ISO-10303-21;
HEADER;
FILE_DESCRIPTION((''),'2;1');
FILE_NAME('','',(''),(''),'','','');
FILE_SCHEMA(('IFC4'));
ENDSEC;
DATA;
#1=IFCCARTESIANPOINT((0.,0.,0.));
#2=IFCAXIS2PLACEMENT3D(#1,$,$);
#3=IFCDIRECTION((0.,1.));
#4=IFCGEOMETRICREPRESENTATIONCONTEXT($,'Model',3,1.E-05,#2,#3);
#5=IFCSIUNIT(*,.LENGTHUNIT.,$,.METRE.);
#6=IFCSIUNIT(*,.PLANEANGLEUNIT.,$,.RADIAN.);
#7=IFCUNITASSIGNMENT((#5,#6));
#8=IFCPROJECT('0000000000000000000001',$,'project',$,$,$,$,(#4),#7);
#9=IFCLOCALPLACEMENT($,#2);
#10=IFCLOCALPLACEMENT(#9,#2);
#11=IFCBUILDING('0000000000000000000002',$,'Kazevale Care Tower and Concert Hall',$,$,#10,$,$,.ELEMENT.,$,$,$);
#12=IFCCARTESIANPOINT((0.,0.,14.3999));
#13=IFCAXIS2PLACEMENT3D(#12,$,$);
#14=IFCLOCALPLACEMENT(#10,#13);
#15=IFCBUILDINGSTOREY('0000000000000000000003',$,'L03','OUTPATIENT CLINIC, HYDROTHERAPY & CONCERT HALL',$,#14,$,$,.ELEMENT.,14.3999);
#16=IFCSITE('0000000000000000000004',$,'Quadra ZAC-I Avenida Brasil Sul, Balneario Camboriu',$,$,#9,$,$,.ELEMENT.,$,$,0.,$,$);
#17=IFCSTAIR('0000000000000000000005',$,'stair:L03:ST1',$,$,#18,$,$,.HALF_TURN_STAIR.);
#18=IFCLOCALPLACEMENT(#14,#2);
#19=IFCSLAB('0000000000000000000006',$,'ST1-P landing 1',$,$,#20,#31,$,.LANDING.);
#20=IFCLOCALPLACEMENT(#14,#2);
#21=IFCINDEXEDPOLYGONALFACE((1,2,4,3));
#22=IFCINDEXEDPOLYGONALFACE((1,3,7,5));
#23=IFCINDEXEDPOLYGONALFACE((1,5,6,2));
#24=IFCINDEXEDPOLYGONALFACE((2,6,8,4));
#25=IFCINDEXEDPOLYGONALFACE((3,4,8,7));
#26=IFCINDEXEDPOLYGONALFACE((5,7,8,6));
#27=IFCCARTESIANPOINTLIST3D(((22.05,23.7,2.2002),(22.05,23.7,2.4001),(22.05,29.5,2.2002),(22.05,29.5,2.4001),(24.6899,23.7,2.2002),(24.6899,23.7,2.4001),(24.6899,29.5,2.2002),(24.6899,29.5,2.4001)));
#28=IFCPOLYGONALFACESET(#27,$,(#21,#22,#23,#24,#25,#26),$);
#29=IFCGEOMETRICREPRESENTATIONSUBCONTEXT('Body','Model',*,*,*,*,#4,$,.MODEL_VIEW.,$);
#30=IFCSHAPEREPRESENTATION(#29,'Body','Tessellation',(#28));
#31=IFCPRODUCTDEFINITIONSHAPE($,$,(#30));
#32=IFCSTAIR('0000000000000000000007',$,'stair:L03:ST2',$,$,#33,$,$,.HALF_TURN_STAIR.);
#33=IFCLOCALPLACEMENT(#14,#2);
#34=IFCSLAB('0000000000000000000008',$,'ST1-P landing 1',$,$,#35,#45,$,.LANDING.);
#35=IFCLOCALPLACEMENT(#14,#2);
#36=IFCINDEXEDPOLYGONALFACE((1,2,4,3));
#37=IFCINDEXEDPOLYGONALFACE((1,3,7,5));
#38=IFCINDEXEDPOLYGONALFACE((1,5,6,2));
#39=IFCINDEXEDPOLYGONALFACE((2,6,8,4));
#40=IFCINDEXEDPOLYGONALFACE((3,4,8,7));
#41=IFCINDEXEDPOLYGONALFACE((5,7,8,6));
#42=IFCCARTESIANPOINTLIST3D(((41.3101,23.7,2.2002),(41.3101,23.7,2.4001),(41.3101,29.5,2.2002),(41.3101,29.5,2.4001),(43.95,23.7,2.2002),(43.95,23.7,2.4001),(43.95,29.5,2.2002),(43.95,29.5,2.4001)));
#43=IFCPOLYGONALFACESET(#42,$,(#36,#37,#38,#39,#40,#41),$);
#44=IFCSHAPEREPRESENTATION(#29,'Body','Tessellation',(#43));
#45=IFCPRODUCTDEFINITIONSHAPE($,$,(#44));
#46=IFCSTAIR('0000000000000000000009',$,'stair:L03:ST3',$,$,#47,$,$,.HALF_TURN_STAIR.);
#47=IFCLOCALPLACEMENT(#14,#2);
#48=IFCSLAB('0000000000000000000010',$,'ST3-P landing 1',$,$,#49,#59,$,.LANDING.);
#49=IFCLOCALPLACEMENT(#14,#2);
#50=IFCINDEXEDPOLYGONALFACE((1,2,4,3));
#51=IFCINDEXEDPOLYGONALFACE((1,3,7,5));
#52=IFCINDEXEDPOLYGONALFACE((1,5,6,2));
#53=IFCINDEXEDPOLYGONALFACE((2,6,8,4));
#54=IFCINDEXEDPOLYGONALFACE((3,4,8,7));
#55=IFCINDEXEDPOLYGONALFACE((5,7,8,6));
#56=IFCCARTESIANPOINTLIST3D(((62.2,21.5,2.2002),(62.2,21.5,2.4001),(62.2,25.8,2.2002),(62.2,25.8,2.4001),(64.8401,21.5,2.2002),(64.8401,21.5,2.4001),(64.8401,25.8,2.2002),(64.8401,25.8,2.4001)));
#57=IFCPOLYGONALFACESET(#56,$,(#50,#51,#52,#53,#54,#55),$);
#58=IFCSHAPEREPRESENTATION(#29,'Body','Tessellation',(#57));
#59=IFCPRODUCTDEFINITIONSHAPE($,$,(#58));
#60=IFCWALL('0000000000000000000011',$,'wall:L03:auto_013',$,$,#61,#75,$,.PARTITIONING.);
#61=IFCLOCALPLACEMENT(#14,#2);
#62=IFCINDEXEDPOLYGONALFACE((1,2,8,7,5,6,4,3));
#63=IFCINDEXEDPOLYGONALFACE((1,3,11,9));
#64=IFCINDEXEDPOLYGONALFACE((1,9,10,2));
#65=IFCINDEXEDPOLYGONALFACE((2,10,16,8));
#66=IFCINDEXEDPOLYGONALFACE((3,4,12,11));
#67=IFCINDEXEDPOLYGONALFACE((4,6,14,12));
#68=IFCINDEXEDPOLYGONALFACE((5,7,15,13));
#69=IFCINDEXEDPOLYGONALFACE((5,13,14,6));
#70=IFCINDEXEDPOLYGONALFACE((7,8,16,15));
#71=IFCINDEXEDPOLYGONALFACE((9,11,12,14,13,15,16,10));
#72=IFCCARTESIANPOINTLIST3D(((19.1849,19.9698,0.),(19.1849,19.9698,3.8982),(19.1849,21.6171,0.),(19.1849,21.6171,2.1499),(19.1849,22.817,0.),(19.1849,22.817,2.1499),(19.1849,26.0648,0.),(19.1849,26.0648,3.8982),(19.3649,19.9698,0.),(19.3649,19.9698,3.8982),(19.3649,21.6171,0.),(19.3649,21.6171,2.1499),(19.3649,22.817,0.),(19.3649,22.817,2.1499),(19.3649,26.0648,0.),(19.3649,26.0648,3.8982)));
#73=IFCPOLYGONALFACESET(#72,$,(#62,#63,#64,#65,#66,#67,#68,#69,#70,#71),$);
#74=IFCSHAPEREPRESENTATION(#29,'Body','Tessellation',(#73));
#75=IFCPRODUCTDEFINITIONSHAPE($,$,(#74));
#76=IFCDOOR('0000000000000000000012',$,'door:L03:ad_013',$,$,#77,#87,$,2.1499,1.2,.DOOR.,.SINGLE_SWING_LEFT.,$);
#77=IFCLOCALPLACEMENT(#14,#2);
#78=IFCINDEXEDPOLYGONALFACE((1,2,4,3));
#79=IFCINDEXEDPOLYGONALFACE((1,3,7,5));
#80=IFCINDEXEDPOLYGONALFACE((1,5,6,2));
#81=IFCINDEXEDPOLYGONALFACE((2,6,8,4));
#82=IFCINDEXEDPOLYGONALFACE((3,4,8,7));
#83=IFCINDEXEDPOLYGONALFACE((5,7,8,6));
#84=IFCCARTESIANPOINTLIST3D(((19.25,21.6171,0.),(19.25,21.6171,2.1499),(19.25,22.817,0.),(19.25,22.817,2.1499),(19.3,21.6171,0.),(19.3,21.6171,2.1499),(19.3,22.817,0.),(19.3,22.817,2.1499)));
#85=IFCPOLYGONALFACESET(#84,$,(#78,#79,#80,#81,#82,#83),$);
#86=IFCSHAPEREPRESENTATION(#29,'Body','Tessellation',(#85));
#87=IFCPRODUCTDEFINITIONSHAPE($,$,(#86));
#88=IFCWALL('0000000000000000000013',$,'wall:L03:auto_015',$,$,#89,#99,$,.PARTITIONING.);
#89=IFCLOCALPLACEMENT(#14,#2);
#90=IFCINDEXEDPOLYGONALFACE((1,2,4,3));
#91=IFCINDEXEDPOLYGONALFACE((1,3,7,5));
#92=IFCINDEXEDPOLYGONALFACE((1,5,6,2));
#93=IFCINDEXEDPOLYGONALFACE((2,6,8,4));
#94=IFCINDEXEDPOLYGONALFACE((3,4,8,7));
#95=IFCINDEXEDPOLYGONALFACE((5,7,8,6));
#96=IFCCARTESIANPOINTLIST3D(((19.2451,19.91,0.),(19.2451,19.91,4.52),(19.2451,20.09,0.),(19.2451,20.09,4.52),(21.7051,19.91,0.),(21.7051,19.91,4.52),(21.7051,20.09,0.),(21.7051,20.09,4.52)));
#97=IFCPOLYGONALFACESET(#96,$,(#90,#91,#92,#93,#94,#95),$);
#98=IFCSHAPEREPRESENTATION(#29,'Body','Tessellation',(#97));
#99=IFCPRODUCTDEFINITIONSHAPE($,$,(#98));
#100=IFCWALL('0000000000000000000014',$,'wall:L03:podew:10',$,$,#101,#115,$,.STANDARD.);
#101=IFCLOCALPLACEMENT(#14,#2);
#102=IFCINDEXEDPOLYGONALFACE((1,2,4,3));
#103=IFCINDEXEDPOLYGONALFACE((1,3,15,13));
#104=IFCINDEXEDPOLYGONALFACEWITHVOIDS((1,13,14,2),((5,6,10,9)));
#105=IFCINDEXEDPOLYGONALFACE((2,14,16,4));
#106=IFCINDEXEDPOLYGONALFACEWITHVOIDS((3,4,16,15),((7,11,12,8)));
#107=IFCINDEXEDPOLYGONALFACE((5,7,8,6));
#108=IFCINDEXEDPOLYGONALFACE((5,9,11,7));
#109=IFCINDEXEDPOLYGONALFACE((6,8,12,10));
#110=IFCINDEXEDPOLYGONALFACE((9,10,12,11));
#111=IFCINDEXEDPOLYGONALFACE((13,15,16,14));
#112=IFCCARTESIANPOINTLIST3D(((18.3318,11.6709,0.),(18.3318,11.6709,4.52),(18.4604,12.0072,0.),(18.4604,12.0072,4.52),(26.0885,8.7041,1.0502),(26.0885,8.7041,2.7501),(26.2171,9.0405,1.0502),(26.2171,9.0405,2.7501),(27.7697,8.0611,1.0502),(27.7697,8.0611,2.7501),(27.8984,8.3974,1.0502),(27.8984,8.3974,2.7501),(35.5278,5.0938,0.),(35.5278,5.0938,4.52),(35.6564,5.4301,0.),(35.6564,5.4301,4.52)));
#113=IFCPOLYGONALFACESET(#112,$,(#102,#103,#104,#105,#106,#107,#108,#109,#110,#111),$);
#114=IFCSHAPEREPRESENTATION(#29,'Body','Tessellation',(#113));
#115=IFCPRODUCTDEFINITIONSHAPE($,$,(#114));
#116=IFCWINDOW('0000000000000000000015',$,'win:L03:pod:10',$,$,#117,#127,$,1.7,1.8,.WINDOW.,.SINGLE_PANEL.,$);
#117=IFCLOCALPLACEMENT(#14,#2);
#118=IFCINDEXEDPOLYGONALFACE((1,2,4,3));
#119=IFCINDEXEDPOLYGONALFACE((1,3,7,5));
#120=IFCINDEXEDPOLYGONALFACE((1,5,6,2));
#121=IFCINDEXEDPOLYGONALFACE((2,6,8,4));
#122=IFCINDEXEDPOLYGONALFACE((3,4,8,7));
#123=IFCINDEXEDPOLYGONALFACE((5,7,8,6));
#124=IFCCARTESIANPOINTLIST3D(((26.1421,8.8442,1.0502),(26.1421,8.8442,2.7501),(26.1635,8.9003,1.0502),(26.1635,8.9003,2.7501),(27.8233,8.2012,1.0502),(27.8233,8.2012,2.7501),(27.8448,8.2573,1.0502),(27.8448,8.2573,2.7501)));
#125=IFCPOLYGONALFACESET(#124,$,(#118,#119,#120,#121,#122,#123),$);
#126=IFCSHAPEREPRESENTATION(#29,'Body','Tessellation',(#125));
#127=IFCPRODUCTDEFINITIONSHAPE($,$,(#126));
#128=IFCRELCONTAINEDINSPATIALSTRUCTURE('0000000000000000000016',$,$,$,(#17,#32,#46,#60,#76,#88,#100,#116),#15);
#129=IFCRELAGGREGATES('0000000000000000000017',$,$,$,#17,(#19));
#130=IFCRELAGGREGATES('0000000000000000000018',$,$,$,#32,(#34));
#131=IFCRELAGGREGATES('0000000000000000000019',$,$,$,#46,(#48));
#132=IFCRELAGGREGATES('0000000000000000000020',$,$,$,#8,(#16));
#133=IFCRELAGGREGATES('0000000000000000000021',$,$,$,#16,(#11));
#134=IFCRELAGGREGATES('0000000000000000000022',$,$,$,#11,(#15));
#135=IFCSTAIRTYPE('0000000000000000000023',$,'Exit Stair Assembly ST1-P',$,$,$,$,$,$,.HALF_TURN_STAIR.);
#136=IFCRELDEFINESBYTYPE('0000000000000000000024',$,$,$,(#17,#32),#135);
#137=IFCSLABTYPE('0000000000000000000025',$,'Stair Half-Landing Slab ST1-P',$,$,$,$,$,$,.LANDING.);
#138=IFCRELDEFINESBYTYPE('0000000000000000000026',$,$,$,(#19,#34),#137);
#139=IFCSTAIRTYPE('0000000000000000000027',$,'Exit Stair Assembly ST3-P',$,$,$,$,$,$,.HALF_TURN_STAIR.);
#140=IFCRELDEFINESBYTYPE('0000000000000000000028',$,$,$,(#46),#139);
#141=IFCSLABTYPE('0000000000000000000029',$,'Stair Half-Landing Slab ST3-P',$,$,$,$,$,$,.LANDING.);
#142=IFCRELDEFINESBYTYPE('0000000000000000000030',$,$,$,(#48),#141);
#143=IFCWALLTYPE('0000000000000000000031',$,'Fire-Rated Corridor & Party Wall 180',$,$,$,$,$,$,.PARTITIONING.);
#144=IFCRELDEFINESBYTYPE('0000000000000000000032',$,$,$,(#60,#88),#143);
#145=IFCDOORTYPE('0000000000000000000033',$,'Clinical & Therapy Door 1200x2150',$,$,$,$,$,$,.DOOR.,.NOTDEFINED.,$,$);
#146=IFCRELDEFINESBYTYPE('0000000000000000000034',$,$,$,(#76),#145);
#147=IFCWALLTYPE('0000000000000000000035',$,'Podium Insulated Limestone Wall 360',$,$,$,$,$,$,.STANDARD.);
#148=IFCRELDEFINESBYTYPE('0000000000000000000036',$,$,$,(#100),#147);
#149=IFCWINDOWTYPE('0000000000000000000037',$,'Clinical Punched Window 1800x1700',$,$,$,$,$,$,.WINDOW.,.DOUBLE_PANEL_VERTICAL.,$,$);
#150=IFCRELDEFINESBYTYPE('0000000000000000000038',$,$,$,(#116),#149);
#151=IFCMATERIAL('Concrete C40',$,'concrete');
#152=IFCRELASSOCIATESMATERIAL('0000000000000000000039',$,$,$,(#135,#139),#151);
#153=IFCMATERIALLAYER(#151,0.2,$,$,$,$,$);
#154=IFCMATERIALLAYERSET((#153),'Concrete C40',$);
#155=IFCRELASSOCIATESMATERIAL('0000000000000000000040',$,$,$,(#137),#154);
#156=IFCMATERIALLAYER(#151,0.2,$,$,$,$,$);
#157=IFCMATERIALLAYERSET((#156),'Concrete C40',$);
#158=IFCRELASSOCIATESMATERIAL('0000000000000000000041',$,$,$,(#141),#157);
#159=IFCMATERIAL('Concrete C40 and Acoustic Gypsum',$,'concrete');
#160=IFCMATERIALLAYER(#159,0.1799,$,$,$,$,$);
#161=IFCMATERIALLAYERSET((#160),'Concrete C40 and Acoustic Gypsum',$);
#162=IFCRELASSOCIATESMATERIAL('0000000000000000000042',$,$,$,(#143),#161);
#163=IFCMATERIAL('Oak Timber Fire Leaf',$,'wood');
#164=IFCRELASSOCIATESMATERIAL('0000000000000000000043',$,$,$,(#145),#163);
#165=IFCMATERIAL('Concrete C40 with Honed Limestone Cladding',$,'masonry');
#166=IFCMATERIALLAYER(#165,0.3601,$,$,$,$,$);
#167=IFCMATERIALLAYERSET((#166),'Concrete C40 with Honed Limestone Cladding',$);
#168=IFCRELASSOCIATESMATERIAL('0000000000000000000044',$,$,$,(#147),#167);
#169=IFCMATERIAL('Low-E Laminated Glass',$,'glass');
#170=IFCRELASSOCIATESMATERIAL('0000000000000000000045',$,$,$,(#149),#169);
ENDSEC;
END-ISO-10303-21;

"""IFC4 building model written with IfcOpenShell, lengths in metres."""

from ifc_helpers import new_model, si_unit, direction, frame, frame_2d, origin, place, context, subcontext, project, spatial, polyline, rectangle, outline, extrude, material, layer, layer_set, type_object, element, fill, aggregate, save


model = new_model("IFC4")

# Units and contexts
model_context = context("Model", 3, precision=1e-05, world=origin(), true_north=direction((0.0, 1.0)))
body_context = subcontext(model_context, "Body", "Model", "MODEL_VIEW")
ifc_project = project(units=[si_unit("LENGTHUNIT", "METRE"), si_unit("PLANEANGLEUNIT", "RADIAN")], contexts=[model_context])

# Site, building, storey
site_placement = place(None, origin())
site = spatial("IfcSite", under=ifc_project, at=site_placement, Name="Quadra ZAC-I Avenida Brasil Sul, Balneario Camboriu", CompositionType="ELEMENT", RefElevation=0.0)
building_placement = place(site_placement, origin())
building = spatial("IfcBuilding", under=site, at=building_placement, Name="Kazevale Care Tower and Concert Hall", CompositionType="ELEMENT")
storey_placement = place(building_placement, frame((0.0, 0.0, 14.3999)))
storey = spatial("IfcBuildingStorey", under=building, at=storey_placement, Name="L03", Description="OUTPATIENT CLINIC, HYDROTHERAPY & CONCERT HALL", CompositionType="ELEMENT", Elevation=14.3999)

# Shared definitions
ifc_material_1 = material(Name="Low-E Laminated Glass", Category="glass")

# Shared definitions
ifc_material_2 = material(Name="Concrete C40", Category="concrete")

# Stairs, slabs
stair_type_1 = type_object("IfcStairType", Name="Exit Stair Assembly ST1-P", PredefinedType="HALF_TURN_STAIR", material=ifc_material_2)
stair_1_placement = place(storey_placement, origin())
stair_1 = element("IfcStair", 1, at=stair_1_placement, inside=storey, type_object=stair_type_1, Name="stair:L03:ST1", PredefinedType="HALF_TURN_STAIR")
ifc_layer_1 = layer(ifc_material_2, 0.2)
ifc_layer_set_1 = layer_set([ifc_layer_1], Name="Concrete C40")
slab_type_1 = type_object("IfcSlabType", Name="Stair Half-Landing Slab ST1-P", PredefinedType="LANDING", material=ifc_layer_set_1)
slab_1_placement = place(storey_placement, frame((0.0, 0.0, 2.2002)))
slab_1 = element("IfcSlab", 2, at=slab_1_placement, type_object=slab_type_1, Name="ST1-P landing 1", PredefinedType="LANDING", context=body_context, shape_type="SweptSolid", body=[
    extrude(outline(polyline([(22.05, 23.7), (24.6899, 23.7), (24.6899, 29.5), (22.05, 29.5), (22.05, 23.7)])), origin(), (0.0, 0.0, 1.0), 0.2),
])
aggregate(stair_1, [slab_1])
stair_2_placement = place(storey_placement, origin())
stair_2 = element("IfcStair", 3, at=stair_2_placement, inside=storey, type_object=stair_type_1, Name="stair:L03:ST2", PredefinedType="HALF_TURN_STAIR")
slab_2_placement = place(storey_placement, frame((0.0, 0.0, 2.2002)))
slab_2 = element("IfcSlab", 4, at=slab_2_placement, type_object=slab_type_1, Name="ST1-P landing 1", PredefinedType="LANDING", context=body_context, shape_type="SweptSolid", body=[
    extrude(outline(polyline([(41.3101, 23.7), (43.95, 23.7), (43.95, 29.5), (41.3101, 29.5), (41.3101, 23.7)])), origin(), (0.0, 0.0, 1.0), 0.2),
])
aggregate(stair_2, [slab_2])
stair_type_2 = type_object("IfcStairType", Name="Exit Stair Assembly ST3-P", PredefinedType="HALF_TURN_STAIR", material=ifc_material_2)
stair_3_placement = place(storey_placement, origin())
stair_3 = element("IfcStair", 5, at=stair_3_placement, inside=storey, type_object=stair_type_2, Name="stair:L03:ST3", PredefinedType="HALF_TURN_STAIR")
ifc_layer_2 = layer(ifc_material_2, 0.2)
ifc_layer_set_2 = layer_set([ifc_layer_2], Name="Concrete C40")
slab_type_2 = type_object("IfcSlabType", Name="Stair Half-Landing Slab ST3-P", PredefinedType="LANDING", material=ifc_layer_set_2)
slab_3_placement = place(storey_placement, frame((0.0, 0.0, 2.2002)))
slab_3 = element("IfcSlab", 6, at=slab_3_placement, type_object=slab_type_2, Name="ST3-P landing 1", PredefinedType="LANDING", context=body_context, shape_type="SweptSolid", body=[
    extrude(outline(polyline([(62.2, 21.5), (64.8401, 21.5), (64.8401, 25.8), (62.2, 25.8), (62.2, 21.5)])), origin(), (0.0, 0.0, 1.0), 0.2),
])
aggregate(stair_3, [slab_3])

# Wall, opening, door
ifc_material_3 = material(Name="Concrete C40 and Acoustic Gypsum", Category="concrete")
ifc_layer_3 = layer(ifc_material_3, 0.1799)
ifc_layer_set_3 = layer_set([ifc_layer_3], Name="Concrete C40 and Acoustic Gypsum")
wall_type_1 = type_object("IfcWallType", Name="Fire-Rated Corridor & Party Wall 180", PredefinedType="PARTITIONING", material=ifc_layer_set_3)
wall_1_placement = place(storey_placement, frame((19.2749, 19.97, 0.0), z_axis=(0.0, 0.0, 1.0), x_axis=(0.0, 1.0, 0.0)))
wall_1 = element("IfcWall", 7, at=wall_1_placement, inside=storey, type_object=wall_type_1, Name="wall:L03:auto_013", PredefinedType="PARTITIONING", context=body_context, shape_type="SweptSolid", body=[
    extrude(rectangle(XDim=6.095, YDim=0.1799, at=frame_2d((3.0474, 0.0))), origin(), (0.0, 0.0, 1.0), 3.8982),
])
opening_1_placement = place(wall_1_placement, frame((1.647, 0.0, 0.0)))
opening_1 = element("IfcOpeningElement", 8, at=opening_1_placement, cuts=wall_1, PredefinedType="OPENING", context=body_context, shape_type="SweptSolid", body=[
    extrude(rectangle(XDim=1.2, YDim=2.1499, at=frame_2d((0.6001, 1.075))), frame((0.0, 0.0999, 0.0), z_axis=(0.0, -1.0, 0.0), x_axis=(1.0, 0.0, 0.0)), (0.0, 0.0, 1.0), 0.2),
])
ifc_material_4 = material(Name="Oak Timber Fire Leaf", Category="wood")
door_type = type_object("IfcDoorType", Name="Clinical & Therapy Door 1200x2150", OperationType="NOTDEFINED", PredefinedType="DOOR", material=ifc_material_4)
door_placement = place(opening_1_placement, origin())
door = element("IfcDoor", 9, at=door_placement, inside=storey, type_object=door_type, Name="door:L03:ad_013", OperationType="SINGLE_SWING_LEFT", OverallHeight=2.1499, OverallWidth=1.2, PredefinedType="DOOR", context=body_context, shape_type="SweptSolid", body=[
    extrude(rectangle(XDim=1.2, YDim=2.1499, at=frame_2d((0.6001, 1.075))), frame((0.0, 0.0249, 0.0), z_axis=(0.0, -1.0, 0.0), x_axis=(1.0, 0.0, 0.0)), (0.0, 0.0, 1.0), 0.05),
])
fill(opening_1, door)

# Wall
wall_2_placement = place(storey_placement, frame((21.7051, 20.0, 0.0), z_axis=(0.0, 0.0, 1.0), x_axis=(-1.0, 0.0, 0.0)))
element("IfcWall", 10, at=wall_2_placement, inside=storey, type_object=wall_type_1, Name="wall:L03:auto_015", PredefinedType="PARTITIONING", context=body_context, shape_type="SweptSolid", body=[
    extrude(rectangle(XDim=2.46, YDim=0.1799, at=frame_2d((1.23, 0.0))), origin(), (0.0, 0.0, 1.0), 4.52),
])

# Wall, opening, window
ifc_material_5 = material(Name="Concrete C40 with Honed Limestone Cladding", Category="masonry")
ifc_layer_4 = layer(ifc_material_5, 0.3601)
ifc_layer_set_4 = layer_set([ifc_layer_4], Name="Concrete C40 with Honed Limestone Cladding")
wall_type_2 = type_object("IfcWallType", Name="Podium Insulated Limestone Wall 360", PredefinedType="STANDARD", material=ifc_layer_set_4)
wall_3_placement = place(storey_placement, frame((18.396, 11.8391, 0.0), z_axis=(0.0, 0.0, 1.0), x_axis=(0.934012, -0.357241, 0.0)))
wall_3 = element("IfcWall", 11, at=wall_3_placement, inside=storey, type_object=wall_type_2, Name="wall:L03:podew:10", PredefinedType="STANDARD", context=body_context, shape_type="SweptSolid", body=[
    extrude(rectangle(XDim=18.4109, YDim=0.3601, at=frame_2d((9.2056, 0.0))), origin(), (0.0, 0.0, 1.0), 4.52),
])
opening_2_placement = place(wall_3_placement, frame((8.3049, 0.0, 1.05)))
opening_2 = element("IfcOpeningElement", 12, at=opening_2_placement, cuts=wall_3, PredefinedType="OPENING", context=body_context, shape_type="SweptSolid", body=[
    extrude(rectangle(XDim=1.8, YDim=1.7, at=frame_2d((0.8999, 0.8501))), frame((0.0, 0.1899, 0.0), z_axis=(0.0, -1.0, 0.0), x_axis=(1.0, 0.0, 0.0)), (0.0, 0.0, 1.0), 0.3801),
])
window_type = type_object("IfcWindowType", Name="Clinical Punched Window 1800x1700", PartitioningType="DOUBLE_PANEL_VERTICAL", PredefinedType="WINDOW", material=ifc_material_1)
window_placement = place(opening_2_placement, origin())
window = element("IfcWindow", 13, at=window_placement, inside=storey, type_object=window_type, Name="win:L03:pod:10", OverallHeight=1.7, OverallWidth=1.8, PartitioningType="SINGLE_PANEL", PredefinedType="WINDOW", context=body_context, shape_type="SweptSolid", body=[
    extrude(rectangle(XDim=1.8, YDim=1.7, at=frame_2d((0.8999, 0.8501))), frame((0.0, 0.03, 0.0), z_axis=(0.0, -1.0, 0.0), x_axis=(1.0, 0.0, 0.0)), (0.0, 0.0, 1.0), 0.0601),
])
fill(opening_2, window)

save(model, "model.ifc")
